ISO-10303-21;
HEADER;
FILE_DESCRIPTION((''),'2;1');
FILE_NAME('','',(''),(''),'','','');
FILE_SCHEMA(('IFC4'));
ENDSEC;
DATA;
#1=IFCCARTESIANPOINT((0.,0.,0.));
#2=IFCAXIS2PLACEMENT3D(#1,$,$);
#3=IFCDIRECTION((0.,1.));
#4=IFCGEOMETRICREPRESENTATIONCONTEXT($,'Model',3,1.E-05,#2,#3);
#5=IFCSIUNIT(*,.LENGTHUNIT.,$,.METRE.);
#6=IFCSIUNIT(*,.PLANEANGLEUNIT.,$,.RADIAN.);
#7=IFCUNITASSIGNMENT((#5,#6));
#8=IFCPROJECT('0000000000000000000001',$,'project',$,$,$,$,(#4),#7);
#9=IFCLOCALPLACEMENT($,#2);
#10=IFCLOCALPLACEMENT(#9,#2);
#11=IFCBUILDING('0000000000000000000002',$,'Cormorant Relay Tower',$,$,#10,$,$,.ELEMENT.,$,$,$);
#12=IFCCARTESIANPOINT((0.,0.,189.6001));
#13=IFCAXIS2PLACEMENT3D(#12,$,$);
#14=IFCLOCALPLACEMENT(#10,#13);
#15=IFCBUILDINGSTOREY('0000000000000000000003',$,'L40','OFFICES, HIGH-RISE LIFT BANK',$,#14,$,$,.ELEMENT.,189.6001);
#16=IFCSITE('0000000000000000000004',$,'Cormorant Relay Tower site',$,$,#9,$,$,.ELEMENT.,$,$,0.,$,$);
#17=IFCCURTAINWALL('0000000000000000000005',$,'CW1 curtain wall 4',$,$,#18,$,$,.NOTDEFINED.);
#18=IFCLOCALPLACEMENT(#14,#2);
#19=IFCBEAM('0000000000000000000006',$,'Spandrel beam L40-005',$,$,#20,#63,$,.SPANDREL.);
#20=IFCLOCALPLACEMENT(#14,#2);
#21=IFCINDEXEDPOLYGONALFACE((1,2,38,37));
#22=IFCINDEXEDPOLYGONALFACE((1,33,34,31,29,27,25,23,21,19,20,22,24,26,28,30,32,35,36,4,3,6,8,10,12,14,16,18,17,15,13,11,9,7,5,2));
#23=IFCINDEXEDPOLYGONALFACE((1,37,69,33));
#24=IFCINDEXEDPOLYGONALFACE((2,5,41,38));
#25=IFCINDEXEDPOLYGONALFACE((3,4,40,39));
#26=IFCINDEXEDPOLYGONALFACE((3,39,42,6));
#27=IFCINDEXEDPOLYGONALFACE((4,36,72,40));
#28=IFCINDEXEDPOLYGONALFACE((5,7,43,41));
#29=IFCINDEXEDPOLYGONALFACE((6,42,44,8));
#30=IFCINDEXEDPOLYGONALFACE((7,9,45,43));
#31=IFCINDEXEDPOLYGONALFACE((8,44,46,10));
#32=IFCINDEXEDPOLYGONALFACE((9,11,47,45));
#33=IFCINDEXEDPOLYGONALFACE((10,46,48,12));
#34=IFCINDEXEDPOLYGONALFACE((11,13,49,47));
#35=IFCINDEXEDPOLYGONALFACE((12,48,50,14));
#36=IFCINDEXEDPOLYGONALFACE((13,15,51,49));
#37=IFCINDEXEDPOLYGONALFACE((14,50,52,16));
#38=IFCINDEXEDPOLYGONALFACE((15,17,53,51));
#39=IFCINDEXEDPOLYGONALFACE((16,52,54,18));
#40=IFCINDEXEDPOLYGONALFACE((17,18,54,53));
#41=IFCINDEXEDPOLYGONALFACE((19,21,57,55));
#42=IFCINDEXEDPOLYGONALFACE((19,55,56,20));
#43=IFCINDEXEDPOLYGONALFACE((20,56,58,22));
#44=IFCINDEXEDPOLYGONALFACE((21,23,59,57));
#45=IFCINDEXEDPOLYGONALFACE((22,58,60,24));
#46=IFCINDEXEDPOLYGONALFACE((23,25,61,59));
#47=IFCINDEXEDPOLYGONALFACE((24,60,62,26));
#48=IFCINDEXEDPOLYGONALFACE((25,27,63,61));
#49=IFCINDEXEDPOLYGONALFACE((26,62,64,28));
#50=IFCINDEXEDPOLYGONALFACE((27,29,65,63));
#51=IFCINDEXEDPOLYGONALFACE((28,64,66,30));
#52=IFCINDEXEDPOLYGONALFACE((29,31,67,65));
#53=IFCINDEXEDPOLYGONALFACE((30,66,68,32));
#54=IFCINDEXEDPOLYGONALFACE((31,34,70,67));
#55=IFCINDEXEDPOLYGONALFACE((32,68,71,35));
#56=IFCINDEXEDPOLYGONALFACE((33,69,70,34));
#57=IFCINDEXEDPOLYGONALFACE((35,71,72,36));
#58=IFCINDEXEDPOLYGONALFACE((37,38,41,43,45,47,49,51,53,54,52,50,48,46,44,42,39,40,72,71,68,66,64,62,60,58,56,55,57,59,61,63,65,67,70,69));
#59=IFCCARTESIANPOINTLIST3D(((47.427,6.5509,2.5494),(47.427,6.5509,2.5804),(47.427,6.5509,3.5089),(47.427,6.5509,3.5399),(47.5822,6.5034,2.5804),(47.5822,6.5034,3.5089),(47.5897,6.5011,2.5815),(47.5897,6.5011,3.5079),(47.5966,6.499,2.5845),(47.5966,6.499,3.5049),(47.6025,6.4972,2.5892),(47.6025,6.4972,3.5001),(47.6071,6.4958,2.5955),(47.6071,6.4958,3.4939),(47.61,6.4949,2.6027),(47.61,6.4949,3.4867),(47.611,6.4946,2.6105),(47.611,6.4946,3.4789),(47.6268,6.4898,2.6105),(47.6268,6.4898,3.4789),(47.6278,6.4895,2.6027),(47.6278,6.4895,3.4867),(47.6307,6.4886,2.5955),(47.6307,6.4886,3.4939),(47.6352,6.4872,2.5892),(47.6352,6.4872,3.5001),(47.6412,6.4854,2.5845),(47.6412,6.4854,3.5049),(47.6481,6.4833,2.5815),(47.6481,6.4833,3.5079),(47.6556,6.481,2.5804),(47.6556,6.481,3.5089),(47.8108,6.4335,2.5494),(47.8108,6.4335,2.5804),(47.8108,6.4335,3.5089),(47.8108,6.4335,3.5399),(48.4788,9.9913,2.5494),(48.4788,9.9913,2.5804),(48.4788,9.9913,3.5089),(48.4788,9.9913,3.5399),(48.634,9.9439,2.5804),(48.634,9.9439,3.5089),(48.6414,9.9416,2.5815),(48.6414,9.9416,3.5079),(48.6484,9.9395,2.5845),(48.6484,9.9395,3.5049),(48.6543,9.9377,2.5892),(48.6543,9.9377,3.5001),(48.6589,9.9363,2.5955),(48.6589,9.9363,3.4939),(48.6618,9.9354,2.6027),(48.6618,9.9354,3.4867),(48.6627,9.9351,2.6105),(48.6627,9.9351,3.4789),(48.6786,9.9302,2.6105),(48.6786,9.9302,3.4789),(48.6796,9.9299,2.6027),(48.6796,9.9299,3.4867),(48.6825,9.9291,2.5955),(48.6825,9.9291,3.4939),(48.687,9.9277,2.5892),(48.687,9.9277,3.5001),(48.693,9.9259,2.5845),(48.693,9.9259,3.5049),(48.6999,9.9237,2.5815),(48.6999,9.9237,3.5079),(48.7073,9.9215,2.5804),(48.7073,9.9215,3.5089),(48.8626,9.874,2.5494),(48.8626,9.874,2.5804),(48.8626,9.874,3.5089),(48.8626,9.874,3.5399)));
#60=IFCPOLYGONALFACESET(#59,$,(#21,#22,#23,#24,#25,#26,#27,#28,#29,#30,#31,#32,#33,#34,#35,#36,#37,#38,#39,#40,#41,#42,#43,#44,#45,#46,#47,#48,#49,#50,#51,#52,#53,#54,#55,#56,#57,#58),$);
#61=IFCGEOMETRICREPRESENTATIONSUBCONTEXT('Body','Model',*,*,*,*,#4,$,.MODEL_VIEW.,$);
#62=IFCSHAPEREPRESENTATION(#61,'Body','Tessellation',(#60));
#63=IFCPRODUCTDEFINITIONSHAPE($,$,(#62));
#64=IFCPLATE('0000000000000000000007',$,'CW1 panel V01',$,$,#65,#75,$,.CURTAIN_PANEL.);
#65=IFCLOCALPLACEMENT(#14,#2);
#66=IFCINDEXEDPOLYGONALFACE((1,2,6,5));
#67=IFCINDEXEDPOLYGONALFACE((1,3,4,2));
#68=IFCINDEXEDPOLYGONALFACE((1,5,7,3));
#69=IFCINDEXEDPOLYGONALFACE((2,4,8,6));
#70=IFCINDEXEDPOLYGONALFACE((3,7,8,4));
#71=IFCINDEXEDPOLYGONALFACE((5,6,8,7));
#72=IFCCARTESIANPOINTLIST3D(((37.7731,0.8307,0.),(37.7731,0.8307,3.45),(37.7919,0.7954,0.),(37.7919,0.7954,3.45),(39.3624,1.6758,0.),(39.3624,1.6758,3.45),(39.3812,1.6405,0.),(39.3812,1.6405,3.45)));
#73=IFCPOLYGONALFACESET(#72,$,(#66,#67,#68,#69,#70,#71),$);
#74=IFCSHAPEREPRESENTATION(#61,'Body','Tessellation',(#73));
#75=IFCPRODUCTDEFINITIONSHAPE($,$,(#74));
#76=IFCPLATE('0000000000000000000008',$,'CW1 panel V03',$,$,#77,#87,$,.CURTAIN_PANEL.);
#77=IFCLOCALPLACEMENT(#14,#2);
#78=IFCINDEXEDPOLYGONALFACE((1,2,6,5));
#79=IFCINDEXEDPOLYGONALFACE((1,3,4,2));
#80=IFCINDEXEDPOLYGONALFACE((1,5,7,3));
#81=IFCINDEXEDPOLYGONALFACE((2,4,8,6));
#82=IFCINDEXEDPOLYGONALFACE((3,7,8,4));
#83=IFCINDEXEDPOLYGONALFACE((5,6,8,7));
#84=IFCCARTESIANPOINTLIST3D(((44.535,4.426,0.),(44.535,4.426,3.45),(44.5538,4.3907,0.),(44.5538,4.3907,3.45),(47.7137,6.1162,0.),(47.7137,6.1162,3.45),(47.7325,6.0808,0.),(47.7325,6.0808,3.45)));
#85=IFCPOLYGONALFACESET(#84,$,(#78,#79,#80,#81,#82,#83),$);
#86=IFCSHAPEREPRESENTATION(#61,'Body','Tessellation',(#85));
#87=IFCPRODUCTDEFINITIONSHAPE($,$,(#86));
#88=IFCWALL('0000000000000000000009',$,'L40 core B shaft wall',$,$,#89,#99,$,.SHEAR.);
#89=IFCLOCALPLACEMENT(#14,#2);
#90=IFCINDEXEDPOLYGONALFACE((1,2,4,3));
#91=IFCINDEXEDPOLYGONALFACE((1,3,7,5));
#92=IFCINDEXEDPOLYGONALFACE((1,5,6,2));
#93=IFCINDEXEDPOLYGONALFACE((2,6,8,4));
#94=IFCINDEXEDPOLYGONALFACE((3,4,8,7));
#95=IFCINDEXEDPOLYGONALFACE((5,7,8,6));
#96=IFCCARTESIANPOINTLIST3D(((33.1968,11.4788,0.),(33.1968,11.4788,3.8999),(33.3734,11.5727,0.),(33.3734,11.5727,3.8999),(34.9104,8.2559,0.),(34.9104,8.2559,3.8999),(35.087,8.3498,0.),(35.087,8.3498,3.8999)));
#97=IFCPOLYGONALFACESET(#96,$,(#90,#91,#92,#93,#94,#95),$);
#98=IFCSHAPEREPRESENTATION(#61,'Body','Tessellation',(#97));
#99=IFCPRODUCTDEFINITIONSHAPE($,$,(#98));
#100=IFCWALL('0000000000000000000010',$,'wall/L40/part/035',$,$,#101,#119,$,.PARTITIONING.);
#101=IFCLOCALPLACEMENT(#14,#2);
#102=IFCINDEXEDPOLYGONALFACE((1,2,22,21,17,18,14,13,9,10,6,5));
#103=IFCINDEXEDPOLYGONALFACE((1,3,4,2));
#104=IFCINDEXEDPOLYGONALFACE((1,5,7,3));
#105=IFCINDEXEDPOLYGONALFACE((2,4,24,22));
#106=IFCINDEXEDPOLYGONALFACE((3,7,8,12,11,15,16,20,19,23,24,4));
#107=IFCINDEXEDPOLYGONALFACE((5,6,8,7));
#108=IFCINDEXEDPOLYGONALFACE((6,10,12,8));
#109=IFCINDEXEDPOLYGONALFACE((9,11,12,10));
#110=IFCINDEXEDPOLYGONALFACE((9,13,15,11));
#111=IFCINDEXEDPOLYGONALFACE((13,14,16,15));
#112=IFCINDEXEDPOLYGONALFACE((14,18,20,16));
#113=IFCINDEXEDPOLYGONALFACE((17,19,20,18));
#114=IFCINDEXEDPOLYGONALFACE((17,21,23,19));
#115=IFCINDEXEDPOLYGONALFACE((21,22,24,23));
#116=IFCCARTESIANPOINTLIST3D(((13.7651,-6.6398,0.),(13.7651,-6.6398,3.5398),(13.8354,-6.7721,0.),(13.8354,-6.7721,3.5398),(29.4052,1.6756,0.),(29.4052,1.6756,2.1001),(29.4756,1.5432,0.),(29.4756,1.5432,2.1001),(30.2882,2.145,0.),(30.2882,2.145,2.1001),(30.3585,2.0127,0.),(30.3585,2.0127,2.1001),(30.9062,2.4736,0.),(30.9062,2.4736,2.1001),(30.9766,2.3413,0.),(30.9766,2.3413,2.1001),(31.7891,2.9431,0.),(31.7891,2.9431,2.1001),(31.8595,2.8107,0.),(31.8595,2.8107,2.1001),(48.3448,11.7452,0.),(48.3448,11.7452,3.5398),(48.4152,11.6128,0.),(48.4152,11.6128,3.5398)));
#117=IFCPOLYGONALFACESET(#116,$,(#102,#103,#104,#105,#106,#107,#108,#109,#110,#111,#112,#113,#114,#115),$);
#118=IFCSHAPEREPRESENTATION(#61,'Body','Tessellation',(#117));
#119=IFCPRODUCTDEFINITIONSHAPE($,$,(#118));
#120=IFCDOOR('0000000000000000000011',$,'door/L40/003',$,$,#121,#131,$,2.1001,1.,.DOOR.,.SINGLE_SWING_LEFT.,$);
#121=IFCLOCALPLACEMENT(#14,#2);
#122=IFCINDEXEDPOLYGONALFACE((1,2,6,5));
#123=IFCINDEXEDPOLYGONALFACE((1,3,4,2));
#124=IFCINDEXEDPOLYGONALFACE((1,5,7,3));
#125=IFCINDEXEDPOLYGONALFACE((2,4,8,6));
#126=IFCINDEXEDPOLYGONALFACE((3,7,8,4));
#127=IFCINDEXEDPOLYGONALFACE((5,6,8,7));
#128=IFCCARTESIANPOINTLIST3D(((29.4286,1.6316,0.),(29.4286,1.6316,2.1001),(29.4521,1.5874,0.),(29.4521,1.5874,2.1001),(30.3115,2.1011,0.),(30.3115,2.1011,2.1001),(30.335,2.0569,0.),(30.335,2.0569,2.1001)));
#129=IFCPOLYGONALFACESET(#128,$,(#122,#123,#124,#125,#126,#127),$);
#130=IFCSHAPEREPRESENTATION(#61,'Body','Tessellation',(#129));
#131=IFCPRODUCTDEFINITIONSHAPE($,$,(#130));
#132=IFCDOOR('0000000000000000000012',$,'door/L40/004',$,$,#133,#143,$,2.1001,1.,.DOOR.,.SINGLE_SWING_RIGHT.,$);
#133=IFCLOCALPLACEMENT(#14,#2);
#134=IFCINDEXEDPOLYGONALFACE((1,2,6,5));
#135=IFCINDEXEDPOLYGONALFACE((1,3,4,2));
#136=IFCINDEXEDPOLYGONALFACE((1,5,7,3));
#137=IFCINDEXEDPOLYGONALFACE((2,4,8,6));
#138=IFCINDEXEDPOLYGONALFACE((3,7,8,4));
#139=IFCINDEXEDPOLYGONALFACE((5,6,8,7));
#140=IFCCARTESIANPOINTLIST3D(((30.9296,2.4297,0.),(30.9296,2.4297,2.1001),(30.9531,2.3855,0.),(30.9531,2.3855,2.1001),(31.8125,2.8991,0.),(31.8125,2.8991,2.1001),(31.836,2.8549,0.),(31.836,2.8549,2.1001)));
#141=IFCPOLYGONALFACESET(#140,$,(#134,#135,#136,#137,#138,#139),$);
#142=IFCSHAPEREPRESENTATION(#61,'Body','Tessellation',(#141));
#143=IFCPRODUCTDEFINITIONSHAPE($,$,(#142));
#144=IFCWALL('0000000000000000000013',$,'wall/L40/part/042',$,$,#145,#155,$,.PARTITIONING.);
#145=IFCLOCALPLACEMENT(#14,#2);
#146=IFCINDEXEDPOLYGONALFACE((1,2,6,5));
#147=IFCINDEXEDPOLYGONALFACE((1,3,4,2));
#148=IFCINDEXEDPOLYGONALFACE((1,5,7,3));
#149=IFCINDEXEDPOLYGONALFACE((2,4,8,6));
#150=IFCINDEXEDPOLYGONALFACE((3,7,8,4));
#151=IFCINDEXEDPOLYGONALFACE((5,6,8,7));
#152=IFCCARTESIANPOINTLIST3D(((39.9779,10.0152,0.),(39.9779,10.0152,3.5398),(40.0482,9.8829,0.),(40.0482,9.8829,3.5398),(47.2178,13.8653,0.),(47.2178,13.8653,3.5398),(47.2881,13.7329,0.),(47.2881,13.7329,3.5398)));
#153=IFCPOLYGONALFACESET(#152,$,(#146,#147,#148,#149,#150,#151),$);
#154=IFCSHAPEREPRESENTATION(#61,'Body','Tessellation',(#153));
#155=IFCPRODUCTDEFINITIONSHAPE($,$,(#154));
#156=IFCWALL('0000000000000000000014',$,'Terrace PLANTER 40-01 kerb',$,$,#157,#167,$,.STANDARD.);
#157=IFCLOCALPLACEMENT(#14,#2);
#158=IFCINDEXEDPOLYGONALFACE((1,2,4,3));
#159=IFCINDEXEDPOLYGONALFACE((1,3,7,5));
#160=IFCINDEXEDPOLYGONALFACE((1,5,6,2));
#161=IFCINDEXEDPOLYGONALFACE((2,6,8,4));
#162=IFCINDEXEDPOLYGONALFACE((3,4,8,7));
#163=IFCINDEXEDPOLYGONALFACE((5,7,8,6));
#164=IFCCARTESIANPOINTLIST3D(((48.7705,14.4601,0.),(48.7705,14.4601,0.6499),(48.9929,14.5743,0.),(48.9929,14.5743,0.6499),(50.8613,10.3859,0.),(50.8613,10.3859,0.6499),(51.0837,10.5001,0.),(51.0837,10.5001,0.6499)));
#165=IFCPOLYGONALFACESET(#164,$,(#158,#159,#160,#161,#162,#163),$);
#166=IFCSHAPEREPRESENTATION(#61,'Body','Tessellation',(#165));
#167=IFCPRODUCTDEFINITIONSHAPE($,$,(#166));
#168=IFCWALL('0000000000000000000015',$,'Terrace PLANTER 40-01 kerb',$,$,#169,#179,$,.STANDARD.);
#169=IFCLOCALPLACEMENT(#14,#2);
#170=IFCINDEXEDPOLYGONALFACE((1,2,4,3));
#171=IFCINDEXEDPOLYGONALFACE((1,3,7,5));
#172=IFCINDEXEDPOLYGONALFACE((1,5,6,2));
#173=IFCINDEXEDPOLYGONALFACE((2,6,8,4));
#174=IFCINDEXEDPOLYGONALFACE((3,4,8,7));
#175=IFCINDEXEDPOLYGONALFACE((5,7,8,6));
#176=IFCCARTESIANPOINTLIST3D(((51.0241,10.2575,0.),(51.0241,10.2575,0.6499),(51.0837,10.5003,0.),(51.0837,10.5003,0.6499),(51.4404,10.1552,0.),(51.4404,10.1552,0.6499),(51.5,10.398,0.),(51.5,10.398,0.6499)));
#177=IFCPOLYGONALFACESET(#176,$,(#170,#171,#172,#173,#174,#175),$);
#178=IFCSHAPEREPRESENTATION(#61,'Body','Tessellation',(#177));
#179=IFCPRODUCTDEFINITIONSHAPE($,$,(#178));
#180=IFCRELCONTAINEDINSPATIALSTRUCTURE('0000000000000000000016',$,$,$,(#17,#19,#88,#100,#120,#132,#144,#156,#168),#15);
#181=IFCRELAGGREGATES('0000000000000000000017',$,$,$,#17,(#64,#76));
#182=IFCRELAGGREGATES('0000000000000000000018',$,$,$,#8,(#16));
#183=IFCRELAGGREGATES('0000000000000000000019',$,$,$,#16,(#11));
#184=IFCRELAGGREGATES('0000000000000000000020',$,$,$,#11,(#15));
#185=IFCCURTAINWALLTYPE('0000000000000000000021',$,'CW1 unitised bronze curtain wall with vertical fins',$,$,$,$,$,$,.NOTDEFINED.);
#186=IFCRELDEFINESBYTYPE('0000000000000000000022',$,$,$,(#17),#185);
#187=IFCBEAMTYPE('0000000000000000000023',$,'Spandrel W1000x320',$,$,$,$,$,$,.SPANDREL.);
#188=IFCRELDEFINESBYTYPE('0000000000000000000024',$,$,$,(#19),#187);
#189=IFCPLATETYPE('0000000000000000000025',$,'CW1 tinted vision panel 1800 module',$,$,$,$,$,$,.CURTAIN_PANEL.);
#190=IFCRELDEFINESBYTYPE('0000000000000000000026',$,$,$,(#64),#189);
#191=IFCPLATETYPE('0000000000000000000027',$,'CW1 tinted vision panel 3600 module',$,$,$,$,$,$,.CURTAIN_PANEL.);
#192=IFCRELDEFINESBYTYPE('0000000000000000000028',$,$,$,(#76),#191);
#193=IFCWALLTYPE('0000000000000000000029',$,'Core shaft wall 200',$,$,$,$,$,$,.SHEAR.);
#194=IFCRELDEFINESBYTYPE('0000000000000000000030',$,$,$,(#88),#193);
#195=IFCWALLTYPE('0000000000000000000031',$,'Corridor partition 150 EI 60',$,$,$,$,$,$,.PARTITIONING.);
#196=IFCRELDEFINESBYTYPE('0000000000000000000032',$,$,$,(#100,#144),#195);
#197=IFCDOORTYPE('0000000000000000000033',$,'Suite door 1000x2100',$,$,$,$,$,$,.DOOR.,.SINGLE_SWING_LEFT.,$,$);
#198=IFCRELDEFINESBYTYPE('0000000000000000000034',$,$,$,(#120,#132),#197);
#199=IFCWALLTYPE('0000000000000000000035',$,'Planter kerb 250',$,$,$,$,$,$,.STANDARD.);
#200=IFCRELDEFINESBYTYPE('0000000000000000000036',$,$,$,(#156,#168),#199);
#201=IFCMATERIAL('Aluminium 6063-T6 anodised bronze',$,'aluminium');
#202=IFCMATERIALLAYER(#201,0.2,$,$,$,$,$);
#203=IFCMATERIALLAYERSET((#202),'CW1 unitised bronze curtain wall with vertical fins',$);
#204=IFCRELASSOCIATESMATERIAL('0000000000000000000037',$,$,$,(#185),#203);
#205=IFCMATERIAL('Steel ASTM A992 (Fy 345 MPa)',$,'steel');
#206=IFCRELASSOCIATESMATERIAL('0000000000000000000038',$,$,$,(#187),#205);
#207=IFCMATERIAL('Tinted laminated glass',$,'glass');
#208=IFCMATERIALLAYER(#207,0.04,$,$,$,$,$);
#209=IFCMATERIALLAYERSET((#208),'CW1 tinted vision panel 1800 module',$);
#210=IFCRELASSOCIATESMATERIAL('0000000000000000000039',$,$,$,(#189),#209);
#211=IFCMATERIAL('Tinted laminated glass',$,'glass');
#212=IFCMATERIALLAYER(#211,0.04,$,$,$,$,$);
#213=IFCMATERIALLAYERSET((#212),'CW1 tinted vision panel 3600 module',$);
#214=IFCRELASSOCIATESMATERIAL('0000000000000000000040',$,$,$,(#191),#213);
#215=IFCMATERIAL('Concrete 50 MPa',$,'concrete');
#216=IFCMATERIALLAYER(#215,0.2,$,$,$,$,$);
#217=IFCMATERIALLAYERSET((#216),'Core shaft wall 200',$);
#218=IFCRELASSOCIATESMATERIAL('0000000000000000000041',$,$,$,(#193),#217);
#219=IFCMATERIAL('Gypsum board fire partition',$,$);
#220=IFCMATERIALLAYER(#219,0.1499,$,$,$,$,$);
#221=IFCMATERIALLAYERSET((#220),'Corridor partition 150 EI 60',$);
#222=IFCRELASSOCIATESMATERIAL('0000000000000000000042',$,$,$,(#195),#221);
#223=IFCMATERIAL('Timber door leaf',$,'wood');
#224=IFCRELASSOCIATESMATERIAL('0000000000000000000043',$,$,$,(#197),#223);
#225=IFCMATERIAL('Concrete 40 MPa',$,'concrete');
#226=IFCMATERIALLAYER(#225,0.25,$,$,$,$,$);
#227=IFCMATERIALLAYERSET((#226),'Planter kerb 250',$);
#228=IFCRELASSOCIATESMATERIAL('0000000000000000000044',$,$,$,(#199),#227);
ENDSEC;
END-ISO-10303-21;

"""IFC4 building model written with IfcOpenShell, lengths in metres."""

from ifc_helpers import new_model, si_unit, direction, frame, frame_2d, origin, origin_2d, place, context, subcontext, project, spatial, rectangle, i_section, extrude, material, layer, layer_set, material_profile, profile_set, type_object, element, fill, aggregate, save


model = new_model("IFC4")

# Units and contexts
model_context = context("Model", 3, precision=1e-05, world=origin(), true_north=direction((0.0, 1.0)))
body_context = subcontext(model_context, "Body", "Model", "MODEL_VIEW")
ifc_project = project(units=[si_unit("LENGTHUNIT", "METRE"), si_unit("PLANEANGLEUNIT", "RADIAN")], contexts=[model_context])

# Site, building, storey
site_placement = place(None, origin())
site = spatial("IfcSite", under=ifc_project, at=site_placement, Name="Cormorant Relay Tower site", CompositionType="ELEMENT", RefElevation=0.0)
building_placement = place(site_placement, origin())
building = spatial("IfcBuilding", under=site, at=building_placement, Name="Cormorant Relay Tower", CompositionType="ELEMENT")
storey_placement = place(building_placement, frame((0.0, 0.0, 189.6001)))
storey = spatial("IfcBuildingStorey", under=building, at=storey_placement, Name="L40", Description="OFFICES, HIGH-RISE LIFT BANK", CompositionType="ELEMENT", Elevation=189.6001)

# Shared definitions
ifc_material_1 = material(Name="Aluminium 6063-T6 anodised bronze", Category="aluminium")
ifc_layer_1 = layer(ifc_material_1, 0.2)
ifc_layer_set_1 = layer_set([ifc_layer_1], Name="CW1 unitised bronze curtain wall with vertical fins")
curtain_wall_type = type_object("IfcCurtainWallType", Name="CW1 unitised bronze curtain wall with vertical fins", PredefinedType="NOTDEFINED", material=ifc_layer_set_1)

# Curtain wall
curtain_wall_1_placement = place(storey_placement, origin())
curtain_wall_1 = element("IfcCurtainWall", 1, at=curtain_wall_1_placement, inside=storey, type_object=curtain_wall_type, Name="CW1 curtain wall 4", PredefinedType="NOTDEFINED")

# Beam
ifc_material_2 = material(Name="Steel ASTM A992 (Fy 345 MPa)", Category="steel")
ifc_material_profile_1 = material_profile(ifc_material_2, i_section(OverallWidth=0.4014, OverallDepth=0.9905, WebThickness=0.0166, FlangeThickness=0.031, FilletRadius=0.03, at=origin_2d()), Name="W1000x320")
ifc_profile_set_1 = profile_set([ifc_material_profile_1], Name="Steel ASTM A992 (Fy 345 MPa)")
beam_type = type_object("IfcBeamType", Name="Spandrel W1000x320", PredefinedType="SPANDREL", material=ifc_profile_set_1)
beam_1_placement = place(storey_placement, frame((47.6189, 6.4922, 3.0447), z_axis=(0.29235, 0.956312, 0.0), x_axis=(-0.956312, 0.29235, 0.0)))
element("IfcBeam", 2, at=beam_1_placement, inside=storey, type_object=beam_type, Name="Spandrel beam L40-005", PredefinedType="SPANDREL", context=body_context, shape_type="SweptSolid", body=[
    extrude(i_section(OverallWidth=0.4014, OverallDepth=0.9905, WebThickness=0.0166, FlangeThickness=0.031, FilletRadius=0.03, at=origin_2d()), origin(), (0.0, 0.0, 1.0), 3.5977),
])

# Plates
ifc_material_3 = material(Name="Tinted laminated glass", Category="glass")
ifc_layer_2 = layer(ifc_material_3, 0.04)
ifc_layer_set_2 = layer_set([ifc_layer_2], Name="CW1 tinted vision panel 1800 module")
plate_type_1 = type_object("IfcPlateType", Name="CW1 tinted vision panel 1800 module", PredefinedType="CURTAIN_PANEL", material=ifc_layer_set_2)
plate_1_placement = place(storey_placement, frame((38.5771, 1.2356, 0.0), z_axis=(0.0, 0.0, 1.0), x_axis=(0.882948, 0.469472, 0.0)))
plate_1 = element("IfcPlate", 3, at=plate_1_placement, type_object=plate_type_1, Name="CW1 panel V01", PredefinedType="CURTAIN_PANEL", context=body_context, shape_type="SweptSolid", body=[
    extrude(rectangle(XDim=1.8, YDim=0.04, at=origin_2d()), origin(), (0.0, 0.0, 1.0), 3.45),
])
ifc_material_4 = material(Name="Tinted laminated glass", Category="glass")
ifc_layer_3 = layer(ifc_material_4, 0.04)
ifc_layer_set_3 = layer_set([ifc_layer_3], Name="CW1 tinted vision panel 3600 module")
plate_type_2 = type_object("IfcPlateType", Name="CW1 tinted vision panel 3600 module", PredefinedType="CURTAIN_PANEL", material=ifc_layer_set_3)
plate_2_placement = place(storey_placement, frame((46.1338, 5.2534, 0.0), z_axis=(0.0, 0.0, 1.0), x_axis=(0.882948, 0.469472, 0.0)))
plate_2 = element("IfcPlate", 4, at=plate_2_placement, type_object=plate_type_2, Name="CW1 panel V03", PredefinedType="CURTAIN_PANEL", context=body_context, shape_type="SweptSolid", body=[
    extrude(rectangle(XDim=3.6001, YDim=0.04, at=origin_2d()), origin(), (0.0, 0.0, 1.0), 3.45),
])

# Wall
ifc_material_5 = material(Name="Concrete 50 MPa", Category="concrete")
ifc_layer_4 = layer(ifc_material_5, 0.2)
ifc_layer_set_4 = layer_set([ifc_layer_4], Name="Core shaft wall 200")
wall_type_1 = type_object("IfcWallType", Name="Core shaft wall 200", PredefinedType="SHEAR", material=ifc_layer_set_4)
wall_1_placement = place(storey_placement, frame((34.9988, 8.3027, 0.0), z_axis=(0.0, 0.0, 1.0), x_axis=(-0.469467, 0.88295, 0.0)))
element("IfcWall", 5, at=wall_1_placement, inside=storey, type_object=wall_type_1, Name="L40 core B shaft wall", PredefinedType="SHEAR", context=body_context, shape_type="SweptSolid", body=[
    extrude(rectangle(XDim=3.6501, YDim=0.2, at=frame_2d((1.8252, 0.0))), origin(), (0.0, 0.0, 1.0), 3.8999),
])

# Wall, openings, doors
ifc_material_6 = material(Name="Gypsum board fire partition")
ifc_layer_5 = layer(ifc_material_6, 0.1499)
ifc_layer_set_5 = layer_set([ifc_layer_5], Name="Corridor partition 150 EI 60")
wall_type_2 = type_object("IfcWallType", Name="Corridor partition 150 EI 60", PredefinedType="PARTITIONING", material=ifc_layer_set_5)
wall_2_placement = place(storey_placement, frame((48.3799, 11.679, 0.0), z_axis=(0.0, 0.0, 1.0), x_axis=(-0.882963, -0.469443, 0.0)))
wall_2 = element("IfcWall", 6, at=wall_2_placement, inside=storey, type_object=wall_type_2, Name="wall/L40/part/035", PredefinedType="PARTITIONING", context=body_context, shape_type="SweptSolid", body=[
    extrude(rectangle(XDim=39.1633, YDim=0.1499, at=frame_2d((19.5815, 0.0))), origin(), (0.0, 0.0, 1.0), 3.5398),
])
opening_1_placement = place(wall_2_placement, frame((20.45, 0.0, 0.0)))
opening_1 = element("IfcOpeningElement", 7, at=opening_1_placement, cuts=wall_2, PredefinedType="OPENING", context=body_context, shape_type="SweptSolid", body=[
    extrude(rectangle(XDim=1.0, YDim=2.1001, at=frame_2d((0.5, 1.05))), frame((0.0, 0.085, 0.0), z_axis=(0.0, -1.0, 0.0), x_axis=(1.0, 0.0, 0.0)), (0.0, 0.0, 1.0), 0.1699),
])
opening_2_placement = place(wall_2_placement, frame((18.75, 0.0, 0.0)))
opening_2 = element("IfcOpeningElement", 8, at=opening_2_placement, cuts=wall_2, PredefinedType="OPENING", context=body_context, shape_type="SweptSolid", body=[
    extrude(rectangle(XDim=1.0, YDim=2.1001, at=frame_2d((0.5, 1.05))), frame((0.0, 0.085, 0.0), z_axis=(0.0, -1.0, 0.0), x_axis=(1.0, 0.0, 0.0)), (0.0, 0.0, 1.0), 0.1699),
])
ifc_material_7 = material(Name="Timber door leaf", Category="wood")
door_type_1 = type_object("IfcDoorType", Name="Suite door 1000x2100", OperationType="SINGLE_SWING_LEFT", PredefinedType="DOOR", material=ifc_material_7)
door_1_placement = place(opening_1_placement, origin())
door_1 = element("IfcDoor", 9, at=door_1_placement, inside=storey, type_object=door_type_1, Name="door/L40/003", OperationType="SINGLE_SWING_LEFT", OverallHeight=2.1001, OverallWidth=1.0, PredefinedType="DOOR", context=body_context, shape_type="SweptSolid", body=[
    extrude(rectangle(XDim=1.0, YDim=2.1001, at=frame_2d((0.5, 1.05))), frame((0.0, 0.0249, 0.0), z_axis=(0.0, -1.0, 0.0), x_axis=(1.0, 0.0, 0.0)), (0.0, 0.0, 1.0), 0.05),
])
fill(opening_1, door_1)
door_2_placement = place(opening_2_placement, origin())
door_2 = element("IfcDoor", 10, at=door_2_placement, inside=storey, type_object=door_type_1, Name="door/L40/004", OperationType="SINGLE_SWING_RIGHT", OverallHeight=2.1001, OverallWidth=1.0, PredefinedType="DOOR", context=body_context, shape_type="SweptSolid", body=[
    extrude(rectangle(XDim=1.0, YDim=2.1001, at=frame_2d((0.5, 1.05))), frame((0.0, 0.0249, 0.0), z_axis=(0.0, -1.0, 0.0), x_axis=(1.0, 0.0, 0.0)), (0.0, 0.0, 1.0), 0.05),
])
fill(opening_2, door_2)

# Walls
wall_3_placement = place(storey_placement, frame((40.0129, 9.949, 0.0), z_axis=(0.0, 0.0, 1.0), x_axis=(0.882921, 0.469522, 0.0)))
element("IfcWall", 11, at=wall_3_placement, inside=storey, type_object=wall_type_2, Name="wall/L40/part/042", PredefinedType="PARTITIONING", context=body_context, shape_type="SweptSolid", body=[
    extrude(rectangle(XDim=8.2, YDim=0.1499, at=frame_2d((4.1001, 0.0))), origin(), (0.0, 0.0, 1.0), 3.5398),
])
ifc_material_8 = material(Name="Concrete 40 MPa", Category="concrete")
ifc_layer_6 = layer(ifc_material_8, 0.25)
ifc_layer_set_6 = layer_set([ifc_layer_6], Name="Planter kerb 250")
wall_type_3 = type_object("IfcWallType", Name="Planter kerb 250", PredefinedType="STANDARD", material=ifc_layer_set_6)
wall_4_placement = place(storey_placement, frame((50.9724, 10.4431, 0.0), z_axis=(0.0, 0.0, 1.0), x_axis=(-0.456572, 0.889686, 0.0)))
element("IfcWall", 12, at=wall_4_placement, inside=storey, type_object=wall_type_3, Name="Terrace PLANTER 40-01 kerb", PredefinedType="STANDARD", context=body_context, shape_type="SweptSolid", body=[
    extrude(rectangle(XDim=4.5793, YDim=0.25, at=frame_2d((2.2896, 0.0))), origin(), (0.0, 0.0, 1.0), 0.6499),
])
wall_5_placement = place(storey_placement, frame((51.4702, 10.2766, 0.0), z_axis=(0.0, 0.0, 1.0), x_axis=(-0.971106, 0.238647, 0.0)))
element("IfcWall", 13, at=wall_5_placement, inside=storey, type_object=wall_type_3, Name="Terrace PLANTER 40-01 kerb", PredefinedType="STANDARD", context=body_context, shape_type="SweptSolid", body=[
    extrude(rectangle(XDim=0.4287, YDim=0.25, at=frame_2d((0.2144, 0.0))), origin(), (0.0, 0.0, 1.0), 0.6499),
])

aggregate(curtain_wall_1, [plate_1, plate_2])

save(model, "model.ifc")
